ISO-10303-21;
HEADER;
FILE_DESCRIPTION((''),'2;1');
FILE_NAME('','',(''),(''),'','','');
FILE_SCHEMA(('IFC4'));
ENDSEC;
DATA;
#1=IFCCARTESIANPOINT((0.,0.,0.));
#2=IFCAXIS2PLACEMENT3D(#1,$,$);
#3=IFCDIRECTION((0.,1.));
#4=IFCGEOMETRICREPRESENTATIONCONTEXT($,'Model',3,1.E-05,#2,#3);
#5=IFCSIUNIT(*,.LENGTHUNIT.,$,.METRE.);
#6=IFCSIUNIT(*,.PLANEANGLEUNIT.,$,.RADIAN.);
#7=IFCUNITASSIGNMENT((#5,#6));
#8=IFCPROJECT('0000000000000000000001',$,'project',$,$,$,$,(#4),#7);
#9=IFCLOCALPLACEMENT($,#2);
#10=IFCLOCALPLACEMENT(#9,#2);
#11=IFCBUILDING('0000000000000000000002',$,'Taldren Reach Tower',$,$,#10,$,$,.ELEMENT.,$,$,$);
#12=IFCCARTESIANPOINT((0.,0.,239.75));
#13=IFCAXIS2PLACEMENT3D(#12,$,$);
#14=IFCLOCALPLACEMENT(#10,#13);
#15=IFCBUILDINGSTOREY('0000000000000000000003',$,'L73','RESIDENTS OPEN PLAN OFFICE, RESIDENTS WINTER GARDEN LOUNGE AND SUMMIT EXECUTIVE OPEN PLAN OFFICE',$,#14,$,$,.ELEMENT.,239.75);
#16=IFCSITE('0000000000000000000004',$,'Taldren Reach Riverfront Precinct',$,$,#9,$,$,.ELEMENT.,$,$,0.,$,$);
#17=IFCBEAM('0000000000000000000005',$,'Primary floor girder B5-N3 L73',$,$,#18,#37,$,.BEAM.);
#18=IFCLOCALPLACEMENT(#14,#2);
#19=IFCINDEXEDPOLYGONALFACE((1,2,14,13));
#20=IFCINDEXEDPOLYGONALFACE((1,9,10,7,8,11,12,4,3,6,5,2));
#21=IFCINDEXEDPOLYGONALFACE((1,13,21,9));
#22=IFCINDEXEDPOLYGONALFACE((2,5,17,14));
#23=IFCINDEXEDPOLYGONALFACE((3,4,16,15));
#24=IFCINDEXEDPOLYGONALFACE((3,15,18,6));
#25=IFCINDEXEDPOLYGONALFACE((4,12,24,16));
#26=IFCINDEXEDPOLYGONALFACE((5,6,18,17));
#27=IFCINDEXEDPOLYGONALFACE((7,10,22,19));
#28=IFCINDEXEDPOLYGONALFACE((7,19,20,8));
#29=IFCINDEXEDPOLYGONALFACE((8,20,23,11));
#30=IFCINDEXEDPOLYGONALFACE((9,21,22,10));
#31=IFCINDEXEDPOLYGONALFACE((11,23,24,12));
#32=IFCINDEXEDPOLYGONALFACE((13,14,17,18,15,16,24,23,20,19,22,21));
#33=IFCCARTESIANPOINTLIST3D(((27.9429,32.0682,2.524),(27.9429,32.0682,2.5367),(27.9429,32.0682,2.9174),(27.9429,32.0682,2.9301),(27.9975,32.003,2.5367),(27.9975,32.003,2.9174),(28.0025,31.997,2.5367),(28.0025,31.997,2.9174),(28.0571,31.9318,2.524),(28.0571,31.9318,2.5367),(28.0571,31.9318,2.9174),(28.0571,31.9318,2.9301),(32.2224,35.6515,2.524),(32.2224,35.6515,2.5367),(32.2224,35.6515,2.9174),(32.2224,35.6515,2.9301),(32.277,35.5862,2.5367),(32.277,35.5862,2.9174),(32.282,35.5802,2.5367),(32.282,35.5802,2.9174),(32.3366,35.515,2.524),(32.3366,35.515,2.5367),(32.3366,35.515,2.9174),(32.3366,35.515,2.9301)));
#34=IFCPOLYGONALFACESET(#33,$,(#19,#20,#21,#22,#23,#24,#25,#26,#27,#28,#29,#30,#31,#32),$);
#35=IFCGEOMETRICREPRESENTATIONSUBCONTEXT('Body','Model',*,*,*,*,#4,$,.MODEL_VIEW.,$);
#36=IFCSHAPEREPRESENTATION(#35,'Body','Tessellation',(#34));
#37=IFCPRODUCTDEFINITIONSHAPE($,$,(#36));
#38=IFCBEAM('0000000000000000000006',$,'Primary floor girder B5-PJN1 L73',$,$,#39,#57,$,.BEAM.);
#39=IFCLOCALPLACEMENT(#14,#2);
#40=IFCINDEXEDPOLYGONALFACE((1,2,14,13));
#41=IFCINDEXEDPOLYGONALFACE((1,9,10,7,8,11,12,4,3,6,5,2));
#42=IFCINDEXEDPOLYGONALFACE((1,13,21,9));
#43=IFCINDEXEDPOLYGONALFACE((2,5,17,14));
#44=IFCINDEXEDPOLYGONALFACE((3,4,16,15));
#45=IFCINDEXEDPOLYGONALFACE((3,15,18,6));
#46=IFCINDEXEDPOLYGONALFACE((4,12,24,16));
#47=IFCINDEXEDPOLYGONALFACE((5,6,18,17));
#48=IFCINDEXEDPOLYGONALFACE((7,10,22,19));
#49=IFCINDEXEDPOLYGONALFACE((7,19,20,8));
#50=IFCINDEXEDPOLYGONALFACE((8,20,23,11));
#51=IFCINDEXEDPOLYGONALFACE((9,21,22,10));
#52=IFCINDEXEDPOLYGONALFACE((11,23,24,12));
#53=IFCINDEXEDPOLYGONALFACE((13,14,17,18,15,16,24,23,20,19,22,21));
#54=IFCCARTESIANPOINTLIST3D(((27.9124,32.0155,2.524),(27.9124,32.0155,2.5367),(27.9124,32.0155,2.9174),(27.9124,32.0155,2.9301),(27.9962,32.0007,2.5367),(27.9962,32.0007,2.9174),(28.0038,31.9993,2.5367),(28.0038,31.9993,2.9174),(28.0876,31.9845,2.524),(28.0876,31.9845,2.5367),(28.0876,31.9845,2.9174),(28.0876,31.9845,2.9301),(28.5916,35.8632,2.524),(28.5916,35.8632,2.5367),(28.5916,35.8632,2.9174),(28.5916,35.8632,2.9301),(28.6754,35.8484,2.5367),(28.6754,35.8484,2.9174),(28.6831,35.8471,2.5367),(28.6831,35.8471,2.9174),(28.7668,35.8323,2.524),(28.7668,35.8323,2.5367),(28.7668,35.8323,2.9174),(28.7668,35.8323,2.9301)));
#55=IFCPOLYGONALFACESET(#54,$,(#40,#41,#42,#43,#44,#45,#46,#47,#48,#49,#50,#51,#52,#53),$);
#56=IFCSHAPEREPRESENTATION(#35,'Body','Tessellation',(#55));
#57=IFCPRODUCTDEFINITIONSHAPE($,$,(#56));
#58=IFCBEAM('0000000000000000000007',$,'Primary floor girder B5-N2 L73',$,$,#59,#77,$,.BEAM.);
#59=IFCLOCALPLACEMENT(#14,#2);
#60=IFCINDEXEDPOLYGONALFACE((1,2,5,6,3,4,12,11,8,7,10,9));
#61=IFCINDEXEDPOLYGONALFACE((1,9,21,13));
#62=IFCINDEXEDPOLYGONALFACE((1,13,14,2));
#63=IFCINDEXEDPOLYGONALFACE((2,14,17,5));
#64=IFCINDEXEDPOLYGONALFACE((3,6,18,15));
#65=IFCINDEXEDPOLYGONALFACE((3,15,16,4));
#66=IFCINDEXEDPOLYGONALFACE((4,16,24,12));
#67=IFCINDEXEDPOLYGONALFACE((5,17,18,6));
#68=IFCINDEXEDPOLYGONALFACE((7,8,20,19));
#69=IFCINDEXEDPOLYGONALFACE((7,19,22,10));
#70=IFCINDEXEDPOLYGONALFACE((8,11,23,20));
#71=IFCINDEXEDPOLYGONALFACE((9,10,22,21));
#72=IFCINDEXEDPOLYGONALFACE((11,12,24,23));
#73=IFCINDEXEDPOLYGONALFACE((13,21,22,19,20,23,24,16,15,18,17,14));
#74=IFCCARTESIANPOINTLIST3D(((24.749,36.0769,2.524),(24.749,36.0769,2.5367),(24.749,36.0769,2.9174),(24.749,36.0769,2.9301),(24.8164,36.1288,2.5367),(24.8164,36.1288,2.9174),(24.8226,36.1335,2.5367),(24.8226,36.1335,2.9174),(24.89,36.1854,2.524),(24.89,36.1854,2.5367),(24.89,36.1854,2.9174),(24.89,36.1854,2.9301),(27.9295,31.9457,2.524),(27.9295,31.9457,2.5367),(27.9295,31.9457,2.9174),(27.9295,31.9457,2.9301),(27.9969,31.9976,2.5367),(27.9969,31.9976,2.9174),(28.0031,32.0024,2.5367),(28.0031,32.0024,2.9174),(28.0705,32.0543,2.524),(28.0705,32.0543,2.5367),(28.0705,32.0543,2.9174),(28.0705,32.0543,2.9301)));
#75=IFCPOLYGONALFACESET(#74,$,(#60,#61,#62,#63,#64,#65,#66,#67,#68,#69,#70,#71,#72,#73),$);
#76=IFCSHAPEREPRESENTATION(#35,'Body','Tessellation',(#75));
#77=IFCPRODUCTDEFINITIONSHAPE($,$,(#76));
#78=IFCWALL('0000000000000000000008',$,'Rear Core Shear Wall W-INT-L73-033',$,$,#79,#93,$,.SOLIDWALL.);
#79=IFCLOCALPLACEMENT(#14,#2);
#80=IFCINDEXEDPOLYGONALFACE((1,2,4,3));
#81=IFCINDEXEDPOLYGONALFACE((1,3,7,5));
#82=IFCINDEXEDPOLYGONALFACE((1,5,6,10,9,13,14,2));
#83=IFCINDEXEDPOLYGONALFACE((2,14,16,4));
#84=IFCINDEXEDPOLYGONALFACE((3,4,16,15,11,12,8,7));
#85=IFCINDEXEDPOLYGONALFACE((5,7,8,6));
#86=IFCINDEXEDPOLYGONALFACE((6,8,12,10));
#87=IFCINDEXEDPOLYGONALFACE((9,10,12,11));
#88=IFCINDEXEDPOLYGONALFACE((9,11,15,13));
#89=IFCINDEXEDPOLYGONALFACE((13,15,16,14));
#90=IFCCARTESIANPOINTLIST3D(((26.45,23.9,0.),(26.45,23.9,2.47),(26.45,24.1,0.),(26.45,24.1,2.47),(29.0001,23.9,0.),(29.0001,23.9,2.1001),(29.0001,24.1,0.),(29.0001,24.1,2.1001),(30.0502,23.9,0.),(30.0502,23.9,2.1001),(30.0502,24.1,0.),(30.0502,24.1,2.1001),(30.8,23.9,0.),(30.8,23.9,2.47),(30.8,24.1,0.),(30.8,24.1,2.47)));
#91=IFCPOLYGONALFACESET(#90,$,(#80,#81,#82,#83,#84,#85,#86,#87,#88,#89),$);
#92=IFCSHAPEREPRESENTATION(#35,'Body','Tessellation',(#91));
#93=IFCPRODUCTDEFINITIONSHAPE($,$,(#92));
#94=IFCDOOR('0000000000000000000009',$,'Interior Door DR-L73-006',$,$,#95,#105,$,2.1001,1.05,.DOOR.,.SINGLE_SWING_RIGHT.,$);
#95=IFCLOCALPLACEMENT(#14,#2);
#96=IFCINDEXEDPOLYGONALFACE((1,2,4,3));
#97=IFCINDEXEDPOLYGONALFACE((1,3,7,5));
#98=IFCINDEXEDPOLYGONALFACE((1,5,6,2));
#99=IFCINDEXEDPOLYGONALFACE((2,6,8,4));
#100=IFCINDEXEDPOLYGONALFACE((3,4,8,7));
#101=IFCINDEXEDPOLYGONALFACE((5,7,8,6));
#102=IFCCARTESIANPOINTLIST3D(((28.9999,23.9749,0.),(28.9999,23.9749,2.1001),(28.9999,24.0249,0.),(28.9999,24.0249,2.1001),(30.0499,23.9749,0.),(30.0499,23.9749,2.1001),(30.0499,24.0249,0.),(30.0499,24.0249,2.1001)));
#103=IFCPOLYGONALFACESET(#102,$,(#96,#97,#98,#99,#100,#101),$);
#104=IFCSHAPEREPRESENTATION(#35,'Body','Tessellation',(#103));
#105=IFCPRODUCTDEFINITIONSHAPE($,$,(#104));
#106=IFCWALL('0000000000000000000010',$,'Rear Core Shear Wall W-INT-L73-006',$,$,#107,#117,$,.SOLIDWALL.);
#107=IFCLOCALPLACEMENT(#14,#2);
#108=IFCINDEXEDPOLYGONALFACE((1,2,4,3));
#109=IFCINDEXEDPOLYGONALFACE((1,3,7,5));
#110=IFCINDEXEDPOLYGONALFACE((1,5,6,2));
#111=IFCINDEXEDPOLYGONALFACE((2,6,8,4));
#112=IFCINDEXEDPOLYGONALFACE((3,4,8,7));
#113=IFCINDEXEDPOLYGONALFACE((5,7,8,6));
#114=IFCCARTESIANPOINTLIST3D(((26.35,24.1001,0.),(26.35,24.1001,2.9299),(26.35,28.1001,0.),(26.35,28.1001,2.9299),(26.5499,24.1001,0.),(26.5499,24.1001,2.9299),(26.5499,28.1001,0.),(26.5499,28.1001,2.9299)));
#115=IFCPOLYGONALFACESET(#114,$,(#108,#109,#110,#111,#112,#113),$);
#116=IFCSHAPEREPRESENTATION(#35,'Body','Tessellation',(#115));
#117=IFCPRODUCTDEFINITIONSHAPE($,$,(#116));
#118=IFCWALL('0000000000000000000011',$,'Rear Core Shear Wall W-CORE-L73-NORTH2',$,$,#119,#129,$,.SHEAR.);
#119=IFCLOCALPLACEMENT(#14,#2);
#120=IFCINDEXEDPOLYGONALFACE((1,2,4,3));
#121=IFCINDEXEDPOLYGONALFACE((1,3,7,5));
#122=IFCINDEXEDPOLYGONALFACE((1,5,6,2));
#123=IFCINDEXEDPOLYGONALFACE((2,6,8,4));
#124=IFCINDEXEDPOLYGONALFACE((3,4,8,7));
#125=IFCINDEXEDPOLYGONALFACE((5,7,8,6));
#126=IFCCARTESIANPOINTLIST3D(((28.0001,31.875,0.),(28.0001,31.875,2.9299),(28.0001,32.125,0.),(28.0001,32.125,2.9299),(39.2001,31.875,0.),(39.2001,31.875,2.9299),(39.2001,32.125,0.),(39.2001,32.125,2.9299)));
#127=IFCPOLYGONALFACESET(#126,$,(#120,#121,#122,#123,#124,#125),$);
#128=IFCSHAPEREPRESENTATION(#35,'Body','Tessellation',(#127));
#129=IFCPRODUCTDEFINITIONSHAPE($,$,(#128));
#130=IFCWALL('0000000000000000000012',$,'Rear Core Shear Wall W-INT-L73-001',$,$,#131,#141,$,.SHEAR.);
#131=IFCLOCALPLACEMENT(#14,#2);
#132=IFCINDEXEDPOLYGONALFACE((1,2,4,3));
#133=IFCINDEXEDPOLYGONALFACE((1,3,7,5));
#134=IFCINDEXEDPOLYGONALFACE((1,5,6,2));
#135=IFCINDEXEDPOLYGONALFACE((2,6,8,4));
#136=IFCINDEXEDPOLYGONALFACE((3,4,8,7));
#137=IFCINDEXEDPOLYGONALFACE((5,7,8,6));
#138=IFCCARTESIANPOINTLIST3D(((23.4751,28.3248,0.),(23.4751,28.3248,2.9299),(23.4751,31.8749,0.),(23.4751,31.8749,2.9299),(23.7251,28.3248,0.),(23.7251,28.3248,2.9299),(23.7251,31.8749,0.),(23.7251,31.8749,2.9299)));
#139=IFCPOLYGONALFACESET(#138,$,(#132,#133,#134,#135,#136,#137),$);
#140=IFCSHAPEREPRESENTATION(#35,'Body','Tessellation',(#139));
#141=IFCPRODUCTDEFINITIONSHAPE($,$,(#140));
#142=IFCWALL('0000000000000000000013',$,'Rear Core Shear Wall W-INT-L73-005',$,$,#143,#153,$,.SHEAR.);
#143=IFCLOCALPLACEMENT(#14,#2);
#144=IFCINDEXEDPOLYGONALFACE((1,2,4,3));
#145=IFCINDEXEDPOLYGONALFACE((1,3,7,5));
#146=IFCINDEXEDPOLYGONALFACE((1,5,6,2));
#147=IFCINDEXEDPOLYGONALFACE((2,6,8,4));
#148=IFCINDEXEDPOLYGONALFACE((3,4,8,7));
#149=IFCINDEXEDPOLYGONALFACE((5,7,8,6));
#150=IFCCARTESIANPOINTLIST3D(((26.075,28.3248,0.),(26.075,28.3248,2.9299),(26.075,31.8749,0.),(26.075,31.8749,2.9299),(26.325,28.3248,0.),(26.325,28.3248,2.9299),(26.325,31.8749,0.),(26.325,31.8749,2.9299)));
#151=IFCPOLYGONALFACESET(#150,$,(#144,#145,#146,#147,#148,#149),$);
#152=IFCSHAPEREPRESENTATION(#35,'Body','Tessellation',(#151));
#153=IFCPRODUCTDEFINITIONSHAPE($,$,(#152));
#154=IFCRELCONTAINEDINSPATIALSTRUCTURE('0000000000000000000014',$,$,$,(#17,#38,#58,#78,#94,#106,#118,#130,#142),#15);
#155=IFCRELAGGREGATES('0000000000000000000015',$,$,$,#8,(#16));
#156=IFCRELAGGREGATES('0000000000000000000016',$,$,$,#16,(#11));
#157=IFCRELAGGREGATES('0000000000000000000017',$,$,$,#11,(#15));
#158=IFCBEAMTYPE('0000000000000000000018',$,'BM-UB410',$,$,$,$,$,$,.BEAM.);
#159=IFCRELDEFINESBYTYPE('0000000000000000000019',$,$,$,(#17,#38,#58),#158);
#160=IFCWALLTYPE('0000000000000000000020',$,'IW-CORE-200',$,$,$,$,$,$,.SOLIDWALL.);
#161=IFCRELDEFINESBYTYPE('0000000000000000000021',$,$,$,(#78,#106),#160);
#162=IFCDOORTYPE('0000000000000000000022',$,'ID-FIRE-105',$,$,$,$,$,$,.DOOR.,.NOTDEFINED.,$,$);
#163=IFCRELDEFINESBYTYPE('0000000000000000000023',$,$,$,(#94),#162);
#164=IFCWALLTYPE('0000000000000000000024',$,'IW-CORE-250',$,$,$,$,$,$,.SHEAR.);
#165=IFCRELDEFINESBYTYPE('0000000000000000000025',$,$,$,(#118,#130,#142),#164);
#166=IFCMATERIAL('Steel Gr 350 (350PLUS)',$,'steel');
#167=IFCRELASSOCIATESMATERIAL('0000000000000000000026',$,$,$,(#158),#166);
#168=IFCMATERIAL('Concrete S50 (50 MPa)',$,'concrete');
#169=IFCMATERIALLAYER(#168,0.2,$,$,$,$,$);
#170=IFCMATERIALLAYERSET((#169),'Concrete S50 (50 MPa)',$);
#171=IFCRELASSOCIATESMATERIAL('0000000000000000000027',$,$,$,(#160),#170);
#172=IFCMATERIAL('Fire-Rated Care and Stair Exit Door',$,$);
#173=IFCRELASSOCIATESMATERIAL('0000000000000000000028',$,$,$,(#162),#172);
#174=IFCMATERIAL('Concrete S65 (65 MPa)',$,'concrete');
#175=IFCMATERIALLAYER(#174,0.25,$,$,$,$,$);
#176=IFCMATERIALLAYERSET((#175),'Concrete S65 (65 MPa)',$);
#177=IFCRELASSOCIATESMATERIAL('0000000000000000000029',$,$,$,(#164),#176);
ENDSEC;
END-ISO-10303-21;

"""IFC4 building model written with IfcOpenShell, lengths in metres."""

from ifc_helpers import new_model, si_unit, direction, frame, frame_2d, origin, origin_2d, place, context, subcontext, project, spatial, rectangle, i_section, extrude, source, transform, mapped, material, layer, layer_set, material_profile, profile_set, type_object, element, fill, save


model = new_model("IFC4")

# Units and contexts
model_context = context("Model", 3, precision=1e-05, world=origin(), true_north=direction((0.0, 1.0)))
body_context = subcontext(model_context, "Body", "Model", "MODEL_VIEW")
ifc_project = project(units=[si_unit("LENGTHUNIT", "METRE"), si_unit("PLANEANGLEUNIT", "RADIAN")], contexts=[model_context])

# Site, building, storey
site_placement = place(None, origin())
site = spatial("IfcSite", under=ifc_project, at=site_placement, Name="Taldren Reach Riverfront Precinct", CompositionType="ELEMENT", RefElevation=0.0)
building_placement = place(site_placement, origin())
building = spatial("IfcBuilding", under=site, at=building_placement, Name="Taldren Reach Tower", CompositionType="ELEMENT")
storey_placement = place(building_placement, frame((0.0, 0.0, 239.75)))
storey = spatial("IfcBuildingStorey", under=building, at=storey_placement, Name="L73", Description="RESIDENTS OPEN PLAN OFFICE, RESIDENTS WINTER GARDEN LOUNGE AND SUMMIT EXECUTIVE OPEN PLAN OFFICE", CompositionType="ELEMENT", Elevation=239.75)

# Shared definitions
ifc_material_1 = material(Name="Steel Gr 350 (350PLUS)", Category="steel")

# Beams
ifc_material_profile_1 = material_profile(ifc_material_1, i_section(OverallWidth=0.178, OverallDepth=0.406, WebThickness=0.0078, FlangeThickness=0.0127, at=origin_2d()), Name="410UB59.7")
ifc_profile_set_1 = profile_set([ifc_material_profile_1], Name="Steel Gr 350 (350PLUS)")
beam_type_1 = type_object("IfcBeamType", Name="BM-UB410", PredefinedType="BEAM", material=ifc_profile_set_1)
shared_shape_1 = source(origin(), body_context, "Body", "SweptSolid", [
    extrude(i_section(OverallWidth=0.178, OverallDepth=0.406, WebThickness=0.0078, FlangeThickness=0.0127, at=origin_2d()), origin(), (0.0, 0.0, 1.0), 5.5815),
])
beam_1_placement = place(storey_placement, frame((28.0, 32.0, 2.7271), z_axis=(0.766724, 0.641977, 0.0), x_axis=(-0.641977, 0.766724, 0.0)))
element("IfcBeam", 1, at=beam_1_placement, inside=storey, type_object=beam_type_1, Name="Primary floor girder B5-N3 L73", PredefinedType="BEAM", context=body_context, shape_type="MappedRepresentation", body=[
    mapped(shared_shape_1, transform((0.0, 0.0, 0.0), scale=1.0)),
])
shared_shape_2 = source(origin(), body_context, "Body", "SweptSolid", [
    extrude(i_section(OverallWidth=0.178, OverallDepth=0.406, WebThickness=0.0078, FlangeThickness=0.0127, at=origin_2d()), origin(), (0.0, 0.0, 1.0), 3.9072),
])
beam_2_placement = place(storey_placement, frame((28.0, 32.0, 2.7271), z_axis=(0.173835, 0.984775, 0.0), x_axis=(-0.984775, 0.173835, 0.0)))
element("IfcBeam", 2, at=beam_2_placement, inside=storey, type_object=beam_type_1, Name="Primary floor girder B5-PJN1 L73", PredefinedType="BEAM", context=body_context, shape_type="MappedRepresentation", body=[
    mapped(shared_shape_2, transform((0.0, 0.0, 0.0), scale=1.0)),
])
shared_shape_3 = source(origin(), body_context, "Body", "SweptSolid", [
    extrude(i_section(OverallWidth=0.178, OverallDepth=0.406, WebThickness=0.0078, FlangeThickness=0.0127, at=origin_2d()), origin(), (0.0, 0.0, 1.0), 5.2136),
])
beam_3_placement = place(storey_placement, frame((28.0, 32.0, 2.7271), z_axis=(-0.61003, 0.792378, 0.0), x_axis=(-0.792378, -0.61003, 0.0)))
element("IfcBeam", 3, at=beam_3_placement, inside=storey, type_object=beam_type_1, Name="Primary floor girder B5-N2 L73", PredefinedType="BEAM", context=body_context, shape_type="MappedRepresentation", body=[
    mapped(shared_shape_3, transform((0.0, 0.0, 0.0), scale=1.0)),
])

# Wall, opening, door
ifc_material_2 = material(Name="Concrete S50 (50 MPa)", Category="concrete")
ifc_layer_1 = layer(ifc_material_2, 0.2)
ifc_layer_set_1 = layer_set([ifc_layer_1], Name="Concrete S50 (50 MPa)")
wall_type_1 = type_object("IfcWallType", Name="IW-CORE-200", PredefinedType="SOLIDWALL", material=ifc_layer_set_1)
shared_shape_4 = source(origin(), body_context, "Body", "SweptSolid", [
    extrude(rectangle(XDim=4.3501, YDim=0.2, at=frame_2d((2.175, 0.0))), origin(), (0.0, 0.0, 1.0), 2.47),
])
wall_1_placement = place(storey_placement, frame((30.8, 24.0, 0.0), z_axis=(0.0, 0.0, 1.0), x_axis=(-1.0, 0.0, 0.0)))
wall_1 = element("IfcWall", 4, at=wall_1_placement, inside=storey, type_object=wall_type_1, Name="Rear Core Shear Wall W-INT-L73-033", PredefinedType="SOLIDWALL", context=body_context, shape_type="MappedRepresentation", body=[
    mapped(shared_shape_4, transform((0.0, 0.0, 0.0), scale=1.0)),
])
shared_shape_5 = source(origin(), body_context, "Body", "SweptSolid", [
    extrude(rectangle(XDim=1.05, YDim=2.1001, at=frame_2d((0.5249, 1.05))), frame((0.0, 0.1099, 0.0), z_axis=(0.0, -1.0, 0.0), x_axis=(1.0, 0.0, 0.0)), (0.0, 0.0, 1.0), 0.22),
])
opening_1_placement = place(wall_1_placement, frame((0.75, 0.0, 0.0)))
opening_1 = element("IfcOpeningElement", 5, at=opening_1_placement, cuts=wall_1, PredefinedType="OPENING", context=body_context, shape_type="MappedRepresentation", body=[
    mapped(shared_shape_5, transform((0.0, 0.0, 0.0), scale=1.0)),
])
ifc_material_3 = material(Name="Fire-Rated Care and Stair Exit Door")
door_type_1 = type_object("IfcDoorType", Name="ID-FIRE-105", OperationType="NOTDEFINED", PredefinedType="DOOR", material=ifc_material_3)
shared_shape_6 = source(origin(), body_context, "Body", "SweptSolid", [
    extrude(rectangle(XDim=1.05, YDim=2.1001, at=frame_2d((0.5249, 1.05))), frame((0.0, 0.0249, 0.0), z_axis=(0.0, -1.0, 0.0), x_axis=(1.0, 0.0, 0.0)), (0.0, 0.0, 1.0), 0.05),
])
door_1_placement = place(opening_1_placement, frame((1.05, 0.0, 0.0), z_axis=(0.0, 0.0, 1.0), x_axis=(-1.0, 0.0, 0.0)))
door_1 = element("IfcDoor", 6, at=door_1_placement, inside=storey, type_object=door_type_1, Name="Interior Door DR-L73-006", OperationType="SINGLE_SWING_RIGHT", OverallHeight=2.1001, OverallWidth=1.05, PredefinedType="DOOR", context=body_context, shape_type="MappedRepresentation", body=[
    mapped(shared_shape_6, transform((0.0, 0.0, 0.0), scale=1.0)),
])
fill(opening_1, door_1)

# Walls
shared_shape_7 = source(origin(), body_context, "Body", "SweptSolid", [
    extrude(rectangle(XDim=4.0, YDim=0.2, at=frame_2d((2.0, 0.0))), origin(), (0.0, 0.0, 1.0), 2.9299),
])
wall_2_placement = place(storey_placement, frame((26.45, 24.1001, 0.0), z_axis=(0.0, 0.0, 1.0), x_axis=(0.0, 1.0, 0.0)))
element("IfcWall", 7, at=wall_2_placement, inside=storey, type_object=wall_type_1, Name="Rear Core Shear Wall W-INT-L73-006", PredefinedType="SOLIDWALL", context=body_context, shape_type="MappedRepresentation", body=[
    mapped(shared_shape_7, transform((0.0, 0.0, 0.0), scale=1.0)),
])
ifc_material_4 = material(Name="Concrete S65 (65 MPa)", Category="concrete")
ifc_layer_2 = layer(ifc_material_4, 0.25)
ifc_layer_set_2 = layer_set([ifc_layer_2], Name="Concrete S65 (65 MPa)")
wall_type_2 = type_object("IfcWallType", Name="IW-CORE-250", PredefinedType="SHEAR", material=ifc_layer_set_2)
shared_shape_8 = source(origin(), body_context, "Body", "SweptSolid", [
    extrude(rectangle(XDim=11.2, YDim=0.25, at=frame_2d((5.6001, 0.0))), origin(), (0.0, 0.0, 1.0), 2.9299),
])
wall_3_placement = place(storey_placement, frame((28.0, 32.0, 0.0), z_axis=(0.0, 0.0, 1.0), x_axis=(1.0, 0.0, 0.0)))
element("IfcWall", 8, at=wall_3_placement, inside=storey, type_object=wall_type_2, Name="Rear Core Shear Wall W-CORE-L73-NORTH2", PredefinedType="SHEAR", context=body_context, shape_type="MappedRepresentation", body=[
    mapped(shared_shape_8, transform((0.0, 0.0, 0.0), scale=1.0)),
])
shared_shape_9 = source(origin(), body_context, "Body", "SweptSolid", [
    extrude(rectangle(XDim=3.55, YDim=0.25, at=frame_2d((1.7749, 0.0))), origin(), (0.0, 0.0, 1.0), 2.9299),
])
for number, where, z_axis, x_axis, name in (
    (9, (23.6001, 28.325, 0.0), (0.0, 0.0, 1.0), (0.0, 1.0, 0.0), "Rear Core Shear Wall W-INT-L73-001"),
    (10, (26.2, 28.325, 0.0), (0.0, 0.0, 1.0), (0.0, 1.0, 0.0), "Rear Core Shear Wall W-INT-L73-005"),
):
    element("IfcWall", number, at=place(storey_placement, frame(where, z_axis=z_axis, x_axis=x_axis)), inside=storey, type_object=wall_type_2, Name=name, PredefinedType="SHEAR", context=body_context, shape_type="MappedRepresentation", body=[
        mapped(shared_shape_9, transform((0.0, 0.0, 0.0), scale=1.0)),
    ])

save(model, "model.ifc")
